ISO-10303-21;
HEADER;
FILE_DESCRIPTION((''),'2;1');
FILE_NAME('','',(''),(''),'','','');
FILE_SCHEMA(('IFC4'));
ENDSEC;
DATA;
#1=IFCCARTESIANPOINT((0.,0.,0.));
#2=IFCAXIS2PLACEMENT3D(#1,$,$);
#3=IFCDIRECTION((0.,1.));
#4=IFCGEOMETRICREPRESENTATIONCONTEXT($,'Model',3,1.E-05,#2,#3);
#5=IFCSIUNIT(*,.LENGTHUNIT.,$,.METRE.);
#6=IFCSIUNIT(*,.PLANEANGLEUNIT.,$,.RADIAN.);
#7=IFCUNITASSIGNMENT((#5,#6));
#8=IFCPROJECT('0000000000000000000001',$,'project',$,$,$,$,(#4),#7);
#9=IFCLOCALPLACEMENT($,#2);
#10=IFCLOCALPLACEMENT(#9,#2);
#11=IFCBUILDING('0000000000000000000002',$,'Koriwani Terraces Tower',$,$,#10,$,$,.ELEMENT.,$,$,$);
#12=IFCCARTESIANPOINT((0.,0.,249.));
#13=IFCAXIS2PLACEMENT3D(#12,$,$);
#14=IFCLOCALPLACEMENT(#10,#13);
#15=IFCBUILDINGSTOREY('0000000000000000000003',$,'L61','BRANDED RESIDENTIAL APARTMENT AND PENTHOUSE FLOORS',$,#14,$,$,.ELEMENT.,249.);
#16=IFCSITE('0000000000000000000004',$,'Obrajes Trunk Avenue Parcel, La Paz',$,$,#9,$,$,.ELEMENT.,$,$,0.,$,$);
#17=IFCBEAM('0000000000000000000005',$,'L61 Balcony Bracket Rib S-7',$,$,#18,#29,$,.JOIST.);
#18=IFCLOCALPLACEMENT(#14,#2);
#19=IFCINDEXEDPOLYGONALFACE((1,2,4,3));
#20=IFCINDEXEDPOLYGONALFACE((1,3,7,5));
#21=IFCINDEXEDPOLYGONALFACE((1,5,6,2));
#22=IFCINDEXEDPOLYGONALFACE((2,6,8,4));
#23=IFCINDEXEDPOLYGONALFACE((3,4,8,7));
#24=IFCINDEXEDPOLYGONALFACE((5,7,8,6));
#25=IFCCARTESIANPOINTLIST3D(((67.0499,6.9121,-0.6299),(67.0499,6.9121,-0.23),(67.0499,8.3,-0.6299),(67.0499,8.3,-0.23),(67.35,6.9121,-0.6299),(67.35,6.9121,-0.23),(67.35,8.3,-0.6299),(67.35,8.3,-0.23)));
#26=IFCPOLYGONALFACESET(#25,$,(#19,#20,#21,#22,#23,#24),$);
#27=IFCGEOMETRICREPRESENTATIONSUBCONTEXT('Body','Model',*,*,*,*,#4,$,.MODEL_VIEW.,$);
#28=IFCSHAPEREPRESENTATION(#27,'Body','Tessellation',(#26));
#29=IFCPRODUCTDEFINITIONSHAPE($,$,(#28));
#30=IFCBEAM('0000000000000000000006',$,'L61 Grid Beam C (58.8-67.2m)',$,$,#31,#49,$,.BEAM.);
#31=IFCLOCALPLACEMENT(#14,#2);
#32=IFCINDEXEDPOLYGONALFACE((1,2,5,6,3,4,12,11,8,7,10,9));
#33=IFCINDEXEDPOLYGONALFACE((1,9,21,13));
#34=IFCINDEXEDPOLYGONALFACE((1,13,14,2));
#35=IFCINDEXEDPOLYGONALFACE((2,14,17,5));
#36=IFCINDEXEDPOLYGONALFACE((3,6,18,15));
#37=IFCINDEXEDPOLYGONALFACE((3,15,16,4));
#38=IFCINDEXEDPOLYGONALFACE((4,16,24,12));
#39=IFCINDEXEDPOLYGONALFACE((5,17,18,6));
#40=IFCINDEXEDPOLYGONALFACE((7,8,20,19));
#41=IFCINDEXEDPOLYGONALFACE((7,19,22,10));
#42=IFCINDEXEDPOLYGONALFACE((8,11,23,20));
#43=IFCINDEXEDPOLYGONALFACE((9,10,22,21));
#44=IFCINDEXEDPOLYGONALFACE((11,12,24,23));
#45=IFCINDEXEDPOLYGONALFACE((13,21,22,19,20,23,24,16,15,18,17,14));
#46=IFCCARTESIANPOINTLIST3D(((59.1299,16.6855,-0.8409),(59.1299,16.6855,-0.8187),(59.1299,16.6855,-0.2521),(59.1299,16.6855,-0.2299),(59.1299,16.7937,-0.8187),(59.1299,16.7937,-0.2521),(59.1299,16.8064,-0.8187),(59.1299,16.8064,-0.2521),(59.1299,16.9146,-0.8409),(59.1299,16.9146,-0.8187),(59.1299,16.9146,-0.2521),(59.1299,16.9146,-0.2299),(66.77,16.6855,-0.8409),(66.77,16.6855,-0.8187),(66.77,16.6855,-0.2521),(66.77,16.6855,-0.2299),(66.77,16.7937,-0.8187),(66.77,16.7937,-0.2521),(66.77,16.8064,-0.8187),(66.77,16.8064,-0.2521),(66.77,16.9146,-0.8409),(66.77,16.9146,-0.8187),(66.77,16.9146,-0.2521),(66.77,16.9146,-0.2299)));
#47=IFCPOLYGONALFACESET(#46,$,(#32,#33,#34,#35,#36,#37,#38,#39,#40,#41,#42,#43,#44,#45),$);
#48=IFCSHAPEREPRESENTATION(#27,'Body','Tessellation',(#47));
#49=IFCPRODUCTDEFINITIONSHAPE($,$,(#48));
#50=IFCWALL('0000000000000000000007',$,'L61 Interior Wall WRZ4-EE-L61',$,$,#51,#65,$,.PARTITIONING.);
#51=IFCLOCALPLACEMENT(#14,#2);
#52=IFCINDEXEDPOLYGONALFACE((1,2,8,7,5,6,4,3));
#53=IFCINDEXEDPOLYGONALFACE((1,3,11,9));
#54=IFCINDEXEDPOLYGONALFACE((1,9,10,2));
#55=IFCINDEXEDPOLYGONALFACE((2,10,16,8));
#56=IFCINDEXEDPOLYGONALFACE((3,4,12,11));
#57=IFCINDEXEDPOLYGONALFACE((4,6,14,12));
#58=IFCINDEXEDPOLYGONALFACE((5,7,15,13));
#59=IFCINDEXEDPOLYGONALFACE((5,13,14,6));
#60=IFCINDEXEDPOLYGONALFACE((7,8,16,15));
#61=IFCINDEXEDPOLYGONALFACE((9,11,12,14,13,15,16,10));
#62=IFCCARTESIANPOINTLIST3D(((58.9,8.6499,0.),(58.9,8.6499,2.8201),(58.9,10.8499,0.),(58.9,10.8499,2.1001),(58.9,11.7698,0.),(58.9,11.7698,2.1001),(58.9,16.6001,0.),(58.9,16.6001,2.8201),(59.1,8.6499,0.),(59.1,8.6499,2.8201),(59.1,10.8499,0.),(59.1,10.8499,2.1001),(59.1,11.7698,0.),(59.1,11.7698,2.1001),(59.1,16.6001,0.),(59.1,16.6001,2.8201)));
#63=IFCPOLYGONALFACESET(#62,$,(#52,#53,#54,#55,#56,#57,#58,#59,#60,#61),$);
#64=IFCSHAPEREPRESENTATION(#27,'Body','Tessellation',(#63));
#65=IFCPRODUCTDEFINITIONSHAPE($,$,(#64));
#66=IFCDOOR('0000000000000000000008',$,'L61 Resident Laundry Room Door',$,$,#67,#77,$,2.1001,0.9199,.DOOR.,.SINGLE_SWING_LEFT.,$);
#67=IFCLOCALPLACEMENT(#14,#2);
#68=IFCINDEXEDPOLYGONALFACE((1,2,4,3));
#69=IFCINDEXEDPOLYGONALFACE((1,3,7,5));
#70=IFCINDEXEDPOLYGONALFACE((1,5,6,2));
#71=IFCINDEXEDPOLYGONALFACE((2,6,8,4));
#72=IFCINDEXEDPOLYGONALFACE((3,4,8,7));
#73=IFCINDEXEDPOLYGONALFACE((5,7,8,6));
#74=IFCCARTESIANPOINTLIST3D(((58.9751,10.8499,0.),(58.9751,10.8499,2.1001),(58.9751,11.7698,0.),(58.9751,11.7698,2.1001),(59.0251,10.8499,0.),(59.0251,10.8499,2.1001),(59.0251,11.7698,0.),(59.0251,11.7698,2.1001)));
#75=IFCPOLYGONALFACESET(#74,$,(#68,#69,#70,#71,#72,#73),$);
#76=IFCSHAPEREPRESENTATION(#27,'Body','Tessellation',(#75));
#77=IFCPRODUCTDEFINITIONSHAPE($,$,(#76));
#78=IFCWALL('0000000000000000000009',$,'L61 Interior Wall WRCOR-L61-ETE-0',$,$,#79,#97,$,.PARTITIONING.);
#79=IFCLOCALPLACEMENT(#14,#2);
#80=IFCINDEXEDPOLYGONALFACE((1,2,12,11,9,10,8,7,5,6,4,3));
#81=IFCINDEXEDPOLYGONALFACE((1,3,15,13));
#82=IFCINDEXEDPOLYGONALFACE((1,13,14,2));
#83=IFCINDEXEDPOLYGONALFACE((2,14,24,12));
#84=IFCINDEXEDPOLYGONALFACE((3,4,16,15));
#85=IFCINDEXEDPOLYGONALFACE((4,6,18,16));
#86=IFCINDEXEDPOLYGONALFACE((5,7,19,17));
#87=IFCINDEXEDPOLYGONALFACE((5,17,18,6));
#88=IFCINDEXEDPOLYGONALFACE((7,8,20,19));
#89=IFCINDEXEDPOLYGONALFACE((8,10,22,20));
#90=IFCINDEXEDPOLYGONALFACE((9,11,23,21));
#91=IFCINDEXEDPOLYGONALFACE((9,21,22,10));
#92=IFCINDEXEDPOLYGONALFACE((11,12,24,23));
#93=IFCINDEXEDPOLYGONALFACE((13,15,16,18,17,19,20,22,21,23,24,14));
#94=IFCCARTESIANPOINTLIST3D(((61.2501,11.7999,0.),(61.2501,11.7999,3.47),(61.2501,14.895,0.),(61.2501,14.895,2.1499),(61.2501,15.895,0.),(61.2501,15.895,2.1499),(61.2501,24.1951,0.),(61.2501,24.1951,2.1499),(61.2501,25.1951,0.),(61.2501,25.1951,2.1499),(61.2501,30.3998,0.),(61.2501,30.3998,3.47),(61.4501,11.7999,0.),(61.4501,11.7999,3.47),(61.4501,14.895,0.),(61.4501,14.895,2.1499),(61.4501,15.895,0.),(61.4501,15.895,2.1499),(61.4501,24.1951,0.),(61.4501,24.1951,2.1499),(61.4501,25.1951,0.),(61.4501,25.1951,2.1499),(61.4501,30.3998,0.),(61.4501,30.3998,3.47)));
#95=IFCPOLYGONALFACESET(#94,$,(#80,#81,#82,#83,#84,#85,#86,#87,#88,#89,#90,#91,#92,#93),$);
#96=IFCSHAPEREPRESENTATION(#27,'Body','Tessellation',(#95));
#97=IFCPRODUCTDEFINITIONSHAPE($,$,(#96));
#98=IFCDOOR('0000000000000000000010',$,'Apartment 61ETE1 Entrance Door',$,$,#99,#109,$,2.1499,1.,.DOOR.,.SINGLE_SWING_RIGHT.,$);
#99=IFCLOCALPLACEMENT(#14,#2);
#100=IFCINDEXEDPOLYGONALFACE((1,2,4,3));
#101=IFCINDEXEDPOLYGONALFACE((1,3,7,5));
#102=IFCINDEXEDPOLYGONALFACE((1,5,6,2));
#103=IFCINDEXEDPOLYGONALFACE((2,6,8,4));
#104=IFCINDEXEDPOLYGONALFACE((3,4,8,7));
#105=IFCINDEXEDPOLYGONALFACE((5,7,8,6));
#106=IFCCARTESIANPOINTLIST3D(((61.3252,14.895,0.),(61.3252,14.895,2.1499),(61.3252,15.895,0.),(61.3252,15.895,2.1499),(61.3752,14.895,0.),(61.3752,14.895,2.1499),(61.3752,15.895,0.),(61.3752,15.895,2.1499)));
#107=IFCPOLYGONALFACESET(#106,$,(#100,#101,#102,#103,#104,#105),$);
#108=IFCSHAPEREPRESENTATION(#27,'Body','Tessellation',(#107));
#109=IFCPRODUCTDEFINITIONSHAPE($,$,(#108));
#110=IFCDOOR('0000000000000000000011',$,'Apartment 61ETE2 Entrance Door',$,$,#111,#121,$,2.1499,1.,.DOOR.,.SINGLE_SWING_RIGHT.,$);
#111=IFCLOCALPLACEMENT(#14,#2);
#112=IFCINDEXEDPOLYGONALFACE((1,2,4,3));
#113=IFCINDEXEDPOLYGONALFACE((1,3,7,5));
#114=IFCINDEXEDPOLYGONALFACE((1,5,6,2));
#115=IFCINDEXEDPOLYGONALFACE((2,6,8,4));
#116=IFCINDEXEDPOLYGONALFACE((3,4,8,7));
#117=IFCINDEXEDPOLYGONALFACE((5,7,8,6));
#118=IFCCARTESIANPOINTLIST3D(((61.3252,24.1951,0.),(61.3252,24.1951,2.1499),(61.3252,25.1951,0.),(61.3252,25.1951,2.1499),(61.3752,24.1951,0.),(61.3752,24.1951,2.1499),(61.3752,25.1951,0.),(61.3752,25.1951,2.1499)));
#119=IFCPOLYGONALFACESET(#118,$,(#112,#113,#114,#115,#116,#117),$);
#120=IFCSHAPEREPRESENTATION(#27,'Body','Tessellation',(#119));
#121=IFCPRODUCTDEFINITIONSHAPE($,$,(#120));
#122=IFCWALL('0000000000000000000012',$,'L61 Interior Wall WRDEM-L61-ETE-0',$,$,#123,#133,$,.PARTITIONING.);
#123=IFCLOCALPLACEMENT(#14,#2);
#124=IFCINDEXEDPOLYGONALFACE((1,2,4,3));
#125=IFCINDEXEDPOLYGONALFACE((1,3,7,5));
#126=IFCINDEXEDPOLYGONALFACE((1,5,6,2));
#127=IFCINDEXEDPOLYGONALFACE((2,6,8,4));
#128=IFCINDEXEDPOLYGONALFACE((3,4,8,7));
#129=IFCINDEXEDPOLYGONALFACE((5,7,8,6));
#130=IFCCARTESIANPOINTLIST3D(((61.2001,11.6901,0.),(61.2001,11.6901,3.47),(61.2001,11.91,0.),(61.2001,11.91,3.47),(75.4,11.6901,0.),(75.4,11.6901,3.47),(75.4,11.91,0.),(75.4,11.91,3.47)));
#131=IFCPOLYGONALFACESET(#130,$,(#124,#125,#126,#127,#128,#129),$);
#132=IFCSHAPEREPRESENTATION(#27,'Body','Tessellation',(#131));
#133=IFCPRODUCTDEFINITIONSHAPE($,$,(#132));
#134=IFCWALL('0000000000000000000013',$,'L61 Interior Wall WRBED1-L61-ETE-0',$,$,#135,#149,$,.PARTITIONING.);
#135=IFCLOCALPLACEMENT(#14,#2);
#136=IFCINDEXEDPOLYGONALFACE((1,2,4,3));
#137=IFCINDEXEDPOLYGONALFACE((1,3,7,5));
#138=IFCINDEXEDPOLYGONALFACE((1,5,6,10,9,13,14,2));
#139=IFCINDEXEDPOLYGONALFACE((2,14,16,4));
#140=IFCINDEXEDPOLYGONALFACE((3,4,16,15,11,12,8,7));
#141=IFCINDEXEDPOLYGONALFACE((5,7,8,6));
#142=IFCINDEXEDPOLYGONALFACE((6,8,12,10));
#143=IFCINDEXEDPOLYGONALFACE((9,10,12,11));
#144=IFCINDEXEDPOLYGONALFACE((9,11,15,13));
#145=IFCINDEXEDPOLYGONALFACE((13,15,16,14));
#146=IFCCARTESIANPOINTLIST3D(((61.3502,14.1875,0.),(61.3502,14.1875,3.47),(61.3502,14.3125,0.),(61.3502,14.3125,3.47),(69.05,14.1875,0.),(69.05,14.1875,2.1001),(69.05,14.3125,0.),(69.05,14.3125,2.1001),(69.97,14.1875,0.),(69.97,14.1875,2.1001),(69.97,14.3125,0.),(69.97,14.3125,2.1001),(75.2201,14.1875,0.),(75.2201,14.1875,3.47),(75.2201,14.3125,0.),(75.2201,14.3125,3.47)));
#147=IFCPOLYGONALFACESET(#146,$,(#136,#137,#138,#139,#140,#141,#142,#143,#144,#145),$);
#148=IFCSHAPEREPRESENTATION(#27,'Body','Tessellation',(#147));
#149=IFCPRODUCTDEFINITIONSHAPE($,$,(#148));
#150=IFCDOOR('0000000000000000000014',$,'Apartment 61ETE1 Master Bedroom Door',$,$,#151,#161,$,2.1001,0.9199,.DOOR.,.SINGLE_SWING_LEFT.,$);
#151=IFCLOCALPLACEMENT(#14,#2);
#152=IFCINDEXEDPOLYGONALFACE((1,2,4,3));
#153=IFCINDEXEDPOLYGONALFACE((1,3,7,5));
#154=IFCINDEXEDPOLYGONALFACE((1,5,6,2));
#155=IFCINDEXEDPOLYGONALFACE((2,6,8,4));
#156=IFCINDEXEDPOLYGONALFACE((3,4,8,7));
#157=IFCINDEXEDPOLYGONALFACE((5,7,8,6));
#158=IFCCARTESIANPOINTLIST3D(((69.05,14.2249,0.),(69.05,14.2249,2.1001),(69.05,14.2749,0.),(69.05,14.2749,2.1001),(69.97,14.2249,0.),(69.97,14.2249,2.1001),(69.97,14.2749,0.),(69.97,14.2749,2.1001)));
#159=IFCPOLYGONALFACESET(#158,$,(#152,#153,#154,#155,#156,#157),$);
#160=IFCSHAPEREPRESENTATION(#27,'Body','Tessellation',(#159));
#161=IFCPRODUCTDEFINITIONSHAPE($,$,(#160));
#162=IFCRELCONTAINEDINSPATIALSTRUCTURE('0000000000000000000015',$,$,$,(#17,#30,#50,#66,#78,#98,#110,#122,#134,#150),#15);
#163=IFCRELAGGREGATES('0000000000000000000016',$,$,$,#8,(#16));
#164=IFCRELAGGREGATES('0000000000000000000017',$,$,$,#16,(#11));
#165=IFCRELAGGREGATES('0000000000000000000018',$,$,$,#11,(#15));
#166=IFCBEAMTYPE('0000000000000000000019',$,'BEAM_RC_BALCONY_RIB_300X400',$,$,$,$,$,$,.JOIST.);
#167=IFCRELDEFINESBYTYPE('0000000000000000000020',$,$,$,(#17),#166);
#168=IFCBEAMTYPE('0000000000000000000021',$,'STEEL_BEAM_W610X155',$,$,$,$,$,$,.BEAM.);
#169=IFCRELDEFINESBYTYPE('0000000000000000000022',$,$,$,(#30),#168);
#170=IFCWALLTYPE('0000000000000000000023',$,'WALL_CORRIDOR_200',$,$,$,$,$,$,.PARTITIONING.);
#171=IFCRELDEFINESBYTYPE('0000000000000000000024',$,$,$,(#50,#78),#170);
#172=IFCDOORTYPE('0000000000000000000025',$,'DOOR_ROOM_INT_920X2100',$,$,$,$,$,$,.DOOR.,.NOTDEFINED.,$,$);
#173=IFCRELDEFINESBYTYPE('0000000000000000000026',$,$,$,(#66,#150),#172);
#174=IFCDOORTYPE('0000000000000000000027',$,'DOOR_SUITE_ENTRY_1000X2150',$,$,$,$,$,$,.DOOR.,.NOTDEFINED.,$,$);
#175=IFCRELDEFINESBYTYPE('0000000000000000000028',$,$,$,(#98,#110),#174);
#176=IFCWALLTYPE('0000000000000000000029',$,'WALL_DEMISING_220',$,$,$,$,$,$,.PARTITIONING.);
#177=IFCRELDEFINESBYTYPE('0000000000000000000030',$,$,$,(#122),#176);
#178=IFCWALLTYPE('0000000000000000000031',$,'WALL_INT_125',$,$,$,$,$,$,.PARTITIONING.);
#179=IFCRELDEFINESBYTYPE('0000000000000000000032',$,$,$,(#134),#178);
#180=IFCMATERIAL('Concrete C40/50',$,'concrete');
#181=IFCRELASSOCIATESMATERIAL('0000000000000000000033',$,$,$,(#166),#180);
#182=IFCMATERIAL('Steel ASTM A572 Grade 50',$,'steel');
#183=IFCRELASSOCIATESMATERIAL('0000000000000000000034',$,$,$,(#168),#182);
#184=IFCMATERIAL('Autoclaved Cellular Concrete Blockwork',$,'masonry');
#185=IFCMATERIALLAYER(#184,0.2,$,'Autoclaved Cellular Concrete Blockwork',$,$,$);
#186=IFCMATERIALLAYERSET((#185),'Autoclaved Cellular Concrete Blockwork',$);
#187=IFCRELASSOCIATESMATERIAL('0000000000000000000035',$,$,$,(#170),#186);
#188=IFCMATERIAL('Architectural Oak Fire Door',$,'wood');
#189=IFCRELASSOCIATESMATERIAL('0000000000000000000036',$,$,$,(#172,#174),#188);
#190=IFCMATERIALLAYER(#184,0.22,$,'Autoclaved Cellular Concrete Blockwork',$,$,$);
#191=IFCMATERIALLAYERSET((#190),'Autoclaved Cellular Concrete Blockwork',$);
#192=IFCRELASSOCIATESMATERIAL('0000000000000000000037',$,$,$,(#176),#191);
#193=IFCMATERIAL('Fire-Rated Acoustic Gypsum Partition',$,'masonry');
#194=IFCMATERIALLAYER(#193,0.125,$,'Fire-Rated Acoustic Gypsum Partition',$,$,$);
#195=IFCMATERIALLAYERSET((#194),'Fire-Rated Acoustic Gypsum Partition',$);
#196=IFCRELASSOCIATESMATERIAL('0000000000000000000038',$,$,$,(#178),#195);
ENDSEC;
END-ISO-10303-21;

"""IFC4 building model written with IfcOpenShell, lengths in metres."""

from ifc_helpers import new_model, si_unit, direction, frame, frame_2d, origin, origin_2d, place, context, subcontext, project, spatial, rectangle, i_section, extrude, material, layer, layer_set, material_profile, profile_set, type_object, element, fill, save


model = new_model("IFC4")

# Units and contexts
model_context = context("Model", 3, precision=1e-05, world=origin(), true_north=direction((0.0, 1.0)))
body_context = subcontext(model_context, "Body", "Model", "MODEL_VIEW")
ifc_project = project(units=[si_unit("LENGTHUNIT", "METRE"), si_unit("PLANEANGLEUNIT", "RADIAN")], contexts=[model_context])

# Site, building, storey
site_placement = place(None, origin())
site = spatial("IfcSite", under=ifc_project, at=site_placement, Name="Obrajes Trunk Avenue Parcel, La Paz", CompositionType="ELEMENT", RefElevation=0.0)
building_placement = place(site_placement, origin())
building = spatial("IfcBuilding", under=site, at=building_placement, Name="Koriwani Terraces Tower", CompositionType="ELEMENT")
storey_placement = place(building_placement, frame((0.0, 0.0, 249.0)))
storey = spatial("IfcBuildingStorey", under=building, at=storey_placement, Name="L61", Description="BRANDED RESIDENTIAL APARTMENT AND PENTHOUSE FLOORS", CompositionType="ELEMENT", Elevation=249.0)

# Beams
ifc_material_1 = material(Name="Concrete C40/50", Category="concrete")
ifc_material_profile_1 = material_profile(ifc_material_1, rectangle(XDim=0.3, YDim=0.3999, at=origin_2d()), Name="Concrete C40/50", Category="LoadBearing")
ifc_profile_set_1 = profile_set([ifc_material_profile_1], Name="Concrete C40/50")
beam_type_1 = type_object("IfcBeamType", Name="BEAM_RC_BALCONY_RIB_300X400", PredefinedType="JOIST", material=ifc_profile_set_1)
beam_1_placement = place(storey_placement, frame((67.2, 6.9121, -0.4299), z_axis=(0.0, 1.0, 0.0), x_axis=(-1.0, 0.0, 0.0)))
element("IfcBeam", 1, at=beam_1_placement, inside=storey, type_object=beam_type_1, Name="L61 Balcony Bracket Rib S-7", PredefinedType="JOIST", context=body_context, shape_type="SweptSolid", body=[
    extrude(rectangle(XDim=0.3, YDim=0.3999, at=origin_2d()), origin(), (0.0, 0.0, 1.0), 1.3879),
])
ifc_material_2 = material(Name="Steel ASTM A572 Grade 50", Category="steel")
ifc_material_profile_2 = material_profile(ifc_material_2, i_section(OverallWidth=0.229, OverallDepth=0.6111, WebThickness=0.0127, FlangeThickness=0.0222, at=origin_2d()), Name="Steel ASTM A572 Grade 50", Category="LoadBearing")
ifc_profile_set_2 = profile_set([ifc_material_profile_2], Name="Steel ASTM A572 Grade 50")
beam_type_2 = type_object("IfcBeamType", Name="STEEL_BEAM_W610X155", PredefinedType="BEAM", material=ifc_profile_set_2)
beam_2_placement = place(storey_placement, frame((59.1299, 16.8, -0.5354), z_axis=(1.0, 0.0, 0.0), x_axis=(0.0, 1.0, 0.0)))
element("IfcBeam", 2, at=beam_2_placement, inside=storey, type_object=beam_type_2, Name="L61 Grid Beam C (58.8-67.2m)", PredefinedType="BEAM", context=body_context, shape_type="SweptSolid", body=[
    extrude(i_section(OverallWidth=0.229, OverallDepth=0.6111, WebThickness=0.0127, FlangeThickness=0.0222, at=origin_2d()), origin(), (0.0, 0.0, 1.0), 7.6401),
])

# Wall, opening, door
ifc_material_3 = material(Name="Autoclaved Cellular Concrete Blockwork", Category="masonry")
ifc_layer_1 = layer(ifc_material_3, 0.2, Name="Autoclaved Cellular Concrete Blockwork")
ifc_layer_set_1 = layer_set([ifc_layer_1], Name="Autoclaved Cellular Concrete Blockwork")
wall_type_1 = type_object("IfcWallType", Name="WALL_CORRIDOR_200", PredefinedType="PARTITIONING", material=ifc_layer_set_1)
wall_1_placement = place(storey_placement, frame((59.0, 8.6499, 0.0), z_axis=(0.0, 0.0, 1.0), x_axis=(0.0, 1.0, 0.0)))
wall_1 = element("IfcWall", 3, at=wall_1_placement, inside=storey, type_object=wall_type_1, Name="L61 Interior Wall WRZ4-EE-L61", PredefinedType="PARTITIONING", context=body_context, shape_type="SweptSolid", body=[
    extrude(rectangle(XDim=7.9502, YDim=0.2, at=frame_2d((3.9751, 0.0))), origin(), (0.0, 0.0, 1.0), 2.8201),
])
opening_1_placement = place(wall_1_placement, frame((2.2, 0.0, 0.0)))
opening_1 = element("IfcOpeningElement", 4, at=opening_1_placement, cuts=wall_1, PredefinedType="OPENING", context=body_context, shape_type="SweptSolid", body=[
    extrude(rectangle(XDim=0.9199, YDim=2.1001, at=frame_2d((0.46, 1.05))), frame((0.0, 0.1099, 0.0), z_axis=(0.0, -1.0, 0.0), x_axis=(1.0, 0.0, 0.0)), (0.0, 0.0, 1.0), 0.22),
])
ifc_material_4 = material(Name="Architectural Oak Fire Door", Category="wood")
door_type_1 = type_object("IfcDoorType", Name="DOOR_ROOM_INT_920X2100", OperationType="NOTDEFINED", PredefinedType="DOOR", material=ifc_material_4)
door_1_placement = place(opening_1_placement, origin())
door_1 = element("IfcDoor", 5, at=door_1_placement, inside=storey, type_object=door_type_1, Name="L61 Resident Laundry Room Door", OperationType="SINGLE_SWING_LEFT", OverallHeight=2.1001, OverallWidth=0.9199, PredefinedType="DOOR", context=body_context, shape_type="SweptSolid", body=[
    extrude(rectangle(XDim=0.9199, YDim=2.1001, at=frame_2d((0.46, 1.05))), frame((0.0, 0.0249, 0.0), z_axis=(0.0, -1.0, 0.0), x_axis=(1.0, 0.0, 0.0)), (0.0, 0.0, 1.0), 0.05),
])
fill(opening_1, door_1)

# Wall, openings, doors
wall_2_placement = place(storey_placement, frame((61.3501, 11.8, 0.0), z_axis=(0.0, 0.0, 1.0), x_axis=(0.0, 1.0, 0.0)))
wall_2 = element("IfcWall", 6, at=wall_2_placement, inside=storey, type_object=wall_type_1, Name="L61 Interior Wall WRCOR-L61-ETE-0", PredefinedType="PARTITIONING", context=body_context, shape_type="SweptSolid", body=[
    extrude(rectangle(XDim=18.5999, YDim=0.2, at=frame_2d((9.2998, 0.0))), origin(), (0.0, 0.0, 1.0), 3.47),
])
opening_2_placement = place(wall_2_placement, frame((3.095, 0.0, 0.0)))
opening_2 = element("IfcOpeningElement", 7, at=opening_2_placement, cuts=wall_2, PredefinedType="OPENING", context=body_context, shape_type="SweptSolid", body=[
    extrude(rectangle(XDim=1.0, YDim=2.1499, at=frame_2d((0.5, 1.075))), frame((0.0, 0.1099, 0.0), z_axis=(0.0, -1.0, 0.0), x_axis=(1.0, 0.0, 0.0)), (0.0, 0.0, 1.0), 0.22),
])
opening_3_placement = place(wall_2_placement, frame((12.395, 0.0, 0.0)))
opening_3 = element("IfcOpeningElement", 8, at=opening_3_placement, cuts=wall_2, PredefinedType="OPENING", context=body_context, shape_type="SweptSolid", body=[
    extrude(rectangle(XDim=1.0, YDim=2.1499, at=frame_2d((0.5, 1.075))), frame((0.0, 0.1099, 0.0), z_axis=(0.0, -1.0, 0.0), x_axis=(1.0, 0.0, 0.0)), (0.0, 0.0, 1.0), 0.22),
])
door_type_2 = type_object("IfcDoorType", Name="DOOR_SUITE_ENTRY_1000X2150", OperationType="NOTDEFINED", PredefinedType="DOOR", material=ifc_material_4)
door_2_placement = place(opening_2_placement, origin())
door_2 = element("IfcDoor", 9, at=door_2_placement, inside=storey, type_object=door_type_2, Name="Apartment 61ETE1 Entrance Door", OperationType="SINGLE_SWING_RIGHT", OverallHeight=2.1499, OverallWidth=1.0, PredefinedType="DOOR", context=body_context, shape_type="SweptSolid", body=[
    extrude(rectangle(XDim=1.0, YDim=2.1499, at=frame_2d((0.5, 1.075))), frame((0.0, 0.0249, 0.0), z_axis=(0.0, -1.0, 0.0), x_axis=(1.0, 0.0, 0.0)), (0.0, 0.0, 1.0), 0.05),
])
fill(opening_2, door_2)
door_3_placement = place(opening_3_placement, origin())
door_3 = element("IfcDoor", 10, at=door_3_placement, inside=storey, type_object=door_type_2, Name="Apartment 61ETE2 Entrance Door", OperationType="SINGLE_SWING_RIGHT", OverallHeight=2.1499, OverallWidth=1.0, PredefinedType="DOOR", context=body_context, shape_type="SweptSolid", body=[
    extrude(rectangle(XDim=1.0, YDim=2.1499, at=frame_2d((0.5, 1.075))), frame((0.0, 0.0249, 0.0), z_axis=(0.0, -1.0, 0.0), x_axis=(1.0, 0.0, 0.0)), (0.0, 0.0, 1.0), 0.05),
])
fill(opening_3, door_3)

# Wall
ifc_layer_2 = layer(ifc_material_3, 0.22, Name="Autoclaved Cellular Concrete Blockwork")
ifc_layer_set_2 = layer_set([ifc_layer_2], Name="Autoclaved Cellular Concrete Blockwork")
wall_type_2 = type_object("IfcWallType", Name="WALL_DEMISING_220", PredefinedType="PARTITIONING", material=ifc_layer_set_2)
wall_3_placement = place(storey_placement, frame((61.2, 11.8, 0.0), z_axis=(0.0, 0.0, 1.0), x_axis=(1.0, 0.0, 0.0)))
element("IfcWall", 11, at=wall_3_placement, inside=storey, type_object=wall_type_2, Name="L61 Interior Wall WRDEM-L61-ETE-0", PredefinedType="PARTITIONING", context=body_context, shape_type="SweptSolid", body=[
    extrude(rectangle(XDim=14.2, YDim=0.22, at=frame_2d((7.1001, 0.0))), origin(), (0.0, 0.0, 1.0), 3.47),
])

# Wall, opening, door
ifc_material_5 = material(Name="Fire-Rated Acoustic Gypsum Partition", Category="masonry")
ifc_layer_3 = layer(ifc_material_5, 0.125, Name="Fire-Rated Acoustic Gypsum Partition")
ifc_layer_set_3 = layer_set([ifc_layer_3], Name="Fire-Rated Acoustic Gypsum Partition")
wall_type_3 = type_object("IfcWallType", Name="WALL_INT_125", PredefinedType="PARTITIONING", material=ifc_layer_set_3)
wall_4_placement = place(storey_placement, frame((61.3501, 14.25, 0.0), z_axis=(0.0, 0.0, 1.0), x_axis=(1.0, 0.0, 0.0)))
wall_4 = element("IfcWall", 12, at=wall_4_placement, inside=storey, type_object=wall_type_3, Name="L61 Interior Wall WRBED1-L61-ETE-0", PredefinedType="PARTITIONING", context=body_context, shape_type="SweptSolid", body=[
    extrude(rectangle(XDim=13.8699, YDim=0.125, at=frame_2d((6.9351, 0.0))), origin(), (0.0, 0.0, 1.0), 3.47),
])
opening_4_placement = place(wall_4_placement, frame((7.7, 0.0, 0.0)))
opening_4 = element("IfcOpeningElement", 13, at=opening_4_placement, cuts=wall_4, PredefinedType="OPENING", context=body_context, shape_type="SweptSolid", body=[
    extrude(rectangle(XDim=0.9199, YDim=2.1001, at=frame_2d((0.46, 1.05))), frame((0.0, 0.0725, 0.0), z_axis=(0.0, -1.0, 0.0), x_axis=(1.0, 0.0, 0.0)), (0.0, 0.0, 1.0), 0.145),
])
door_4_placement = place(opening_4_placement, origin())
door_4 = element("IfcDoor", 14, at=door_4_placement, inside=storey, type_object=door_type_1, Name="Apartment 61ETE1 Master Bedroom Door", OperationType="SINGLE_SWING_LEFT", OverallHeight=2.1001, OverallWidth=0.9199, PredefinedType="DOOR", context=body_context, shape_type="SweptSolid", body=[
    extrude(rectangle(XDim=0.9199, YDim=2.1001, at=frame_2d((0.46, 1.05))), frame((0.0, 0.0249, 0.0), z_axis=(0.0, -1.0, 0.0), x_axis=(1.0, 0.0, 0.0)), (0.0, 0.0, 1.0), 0.05),
])
fill(opening_4, door_4)

save(model, "model.ifc")
